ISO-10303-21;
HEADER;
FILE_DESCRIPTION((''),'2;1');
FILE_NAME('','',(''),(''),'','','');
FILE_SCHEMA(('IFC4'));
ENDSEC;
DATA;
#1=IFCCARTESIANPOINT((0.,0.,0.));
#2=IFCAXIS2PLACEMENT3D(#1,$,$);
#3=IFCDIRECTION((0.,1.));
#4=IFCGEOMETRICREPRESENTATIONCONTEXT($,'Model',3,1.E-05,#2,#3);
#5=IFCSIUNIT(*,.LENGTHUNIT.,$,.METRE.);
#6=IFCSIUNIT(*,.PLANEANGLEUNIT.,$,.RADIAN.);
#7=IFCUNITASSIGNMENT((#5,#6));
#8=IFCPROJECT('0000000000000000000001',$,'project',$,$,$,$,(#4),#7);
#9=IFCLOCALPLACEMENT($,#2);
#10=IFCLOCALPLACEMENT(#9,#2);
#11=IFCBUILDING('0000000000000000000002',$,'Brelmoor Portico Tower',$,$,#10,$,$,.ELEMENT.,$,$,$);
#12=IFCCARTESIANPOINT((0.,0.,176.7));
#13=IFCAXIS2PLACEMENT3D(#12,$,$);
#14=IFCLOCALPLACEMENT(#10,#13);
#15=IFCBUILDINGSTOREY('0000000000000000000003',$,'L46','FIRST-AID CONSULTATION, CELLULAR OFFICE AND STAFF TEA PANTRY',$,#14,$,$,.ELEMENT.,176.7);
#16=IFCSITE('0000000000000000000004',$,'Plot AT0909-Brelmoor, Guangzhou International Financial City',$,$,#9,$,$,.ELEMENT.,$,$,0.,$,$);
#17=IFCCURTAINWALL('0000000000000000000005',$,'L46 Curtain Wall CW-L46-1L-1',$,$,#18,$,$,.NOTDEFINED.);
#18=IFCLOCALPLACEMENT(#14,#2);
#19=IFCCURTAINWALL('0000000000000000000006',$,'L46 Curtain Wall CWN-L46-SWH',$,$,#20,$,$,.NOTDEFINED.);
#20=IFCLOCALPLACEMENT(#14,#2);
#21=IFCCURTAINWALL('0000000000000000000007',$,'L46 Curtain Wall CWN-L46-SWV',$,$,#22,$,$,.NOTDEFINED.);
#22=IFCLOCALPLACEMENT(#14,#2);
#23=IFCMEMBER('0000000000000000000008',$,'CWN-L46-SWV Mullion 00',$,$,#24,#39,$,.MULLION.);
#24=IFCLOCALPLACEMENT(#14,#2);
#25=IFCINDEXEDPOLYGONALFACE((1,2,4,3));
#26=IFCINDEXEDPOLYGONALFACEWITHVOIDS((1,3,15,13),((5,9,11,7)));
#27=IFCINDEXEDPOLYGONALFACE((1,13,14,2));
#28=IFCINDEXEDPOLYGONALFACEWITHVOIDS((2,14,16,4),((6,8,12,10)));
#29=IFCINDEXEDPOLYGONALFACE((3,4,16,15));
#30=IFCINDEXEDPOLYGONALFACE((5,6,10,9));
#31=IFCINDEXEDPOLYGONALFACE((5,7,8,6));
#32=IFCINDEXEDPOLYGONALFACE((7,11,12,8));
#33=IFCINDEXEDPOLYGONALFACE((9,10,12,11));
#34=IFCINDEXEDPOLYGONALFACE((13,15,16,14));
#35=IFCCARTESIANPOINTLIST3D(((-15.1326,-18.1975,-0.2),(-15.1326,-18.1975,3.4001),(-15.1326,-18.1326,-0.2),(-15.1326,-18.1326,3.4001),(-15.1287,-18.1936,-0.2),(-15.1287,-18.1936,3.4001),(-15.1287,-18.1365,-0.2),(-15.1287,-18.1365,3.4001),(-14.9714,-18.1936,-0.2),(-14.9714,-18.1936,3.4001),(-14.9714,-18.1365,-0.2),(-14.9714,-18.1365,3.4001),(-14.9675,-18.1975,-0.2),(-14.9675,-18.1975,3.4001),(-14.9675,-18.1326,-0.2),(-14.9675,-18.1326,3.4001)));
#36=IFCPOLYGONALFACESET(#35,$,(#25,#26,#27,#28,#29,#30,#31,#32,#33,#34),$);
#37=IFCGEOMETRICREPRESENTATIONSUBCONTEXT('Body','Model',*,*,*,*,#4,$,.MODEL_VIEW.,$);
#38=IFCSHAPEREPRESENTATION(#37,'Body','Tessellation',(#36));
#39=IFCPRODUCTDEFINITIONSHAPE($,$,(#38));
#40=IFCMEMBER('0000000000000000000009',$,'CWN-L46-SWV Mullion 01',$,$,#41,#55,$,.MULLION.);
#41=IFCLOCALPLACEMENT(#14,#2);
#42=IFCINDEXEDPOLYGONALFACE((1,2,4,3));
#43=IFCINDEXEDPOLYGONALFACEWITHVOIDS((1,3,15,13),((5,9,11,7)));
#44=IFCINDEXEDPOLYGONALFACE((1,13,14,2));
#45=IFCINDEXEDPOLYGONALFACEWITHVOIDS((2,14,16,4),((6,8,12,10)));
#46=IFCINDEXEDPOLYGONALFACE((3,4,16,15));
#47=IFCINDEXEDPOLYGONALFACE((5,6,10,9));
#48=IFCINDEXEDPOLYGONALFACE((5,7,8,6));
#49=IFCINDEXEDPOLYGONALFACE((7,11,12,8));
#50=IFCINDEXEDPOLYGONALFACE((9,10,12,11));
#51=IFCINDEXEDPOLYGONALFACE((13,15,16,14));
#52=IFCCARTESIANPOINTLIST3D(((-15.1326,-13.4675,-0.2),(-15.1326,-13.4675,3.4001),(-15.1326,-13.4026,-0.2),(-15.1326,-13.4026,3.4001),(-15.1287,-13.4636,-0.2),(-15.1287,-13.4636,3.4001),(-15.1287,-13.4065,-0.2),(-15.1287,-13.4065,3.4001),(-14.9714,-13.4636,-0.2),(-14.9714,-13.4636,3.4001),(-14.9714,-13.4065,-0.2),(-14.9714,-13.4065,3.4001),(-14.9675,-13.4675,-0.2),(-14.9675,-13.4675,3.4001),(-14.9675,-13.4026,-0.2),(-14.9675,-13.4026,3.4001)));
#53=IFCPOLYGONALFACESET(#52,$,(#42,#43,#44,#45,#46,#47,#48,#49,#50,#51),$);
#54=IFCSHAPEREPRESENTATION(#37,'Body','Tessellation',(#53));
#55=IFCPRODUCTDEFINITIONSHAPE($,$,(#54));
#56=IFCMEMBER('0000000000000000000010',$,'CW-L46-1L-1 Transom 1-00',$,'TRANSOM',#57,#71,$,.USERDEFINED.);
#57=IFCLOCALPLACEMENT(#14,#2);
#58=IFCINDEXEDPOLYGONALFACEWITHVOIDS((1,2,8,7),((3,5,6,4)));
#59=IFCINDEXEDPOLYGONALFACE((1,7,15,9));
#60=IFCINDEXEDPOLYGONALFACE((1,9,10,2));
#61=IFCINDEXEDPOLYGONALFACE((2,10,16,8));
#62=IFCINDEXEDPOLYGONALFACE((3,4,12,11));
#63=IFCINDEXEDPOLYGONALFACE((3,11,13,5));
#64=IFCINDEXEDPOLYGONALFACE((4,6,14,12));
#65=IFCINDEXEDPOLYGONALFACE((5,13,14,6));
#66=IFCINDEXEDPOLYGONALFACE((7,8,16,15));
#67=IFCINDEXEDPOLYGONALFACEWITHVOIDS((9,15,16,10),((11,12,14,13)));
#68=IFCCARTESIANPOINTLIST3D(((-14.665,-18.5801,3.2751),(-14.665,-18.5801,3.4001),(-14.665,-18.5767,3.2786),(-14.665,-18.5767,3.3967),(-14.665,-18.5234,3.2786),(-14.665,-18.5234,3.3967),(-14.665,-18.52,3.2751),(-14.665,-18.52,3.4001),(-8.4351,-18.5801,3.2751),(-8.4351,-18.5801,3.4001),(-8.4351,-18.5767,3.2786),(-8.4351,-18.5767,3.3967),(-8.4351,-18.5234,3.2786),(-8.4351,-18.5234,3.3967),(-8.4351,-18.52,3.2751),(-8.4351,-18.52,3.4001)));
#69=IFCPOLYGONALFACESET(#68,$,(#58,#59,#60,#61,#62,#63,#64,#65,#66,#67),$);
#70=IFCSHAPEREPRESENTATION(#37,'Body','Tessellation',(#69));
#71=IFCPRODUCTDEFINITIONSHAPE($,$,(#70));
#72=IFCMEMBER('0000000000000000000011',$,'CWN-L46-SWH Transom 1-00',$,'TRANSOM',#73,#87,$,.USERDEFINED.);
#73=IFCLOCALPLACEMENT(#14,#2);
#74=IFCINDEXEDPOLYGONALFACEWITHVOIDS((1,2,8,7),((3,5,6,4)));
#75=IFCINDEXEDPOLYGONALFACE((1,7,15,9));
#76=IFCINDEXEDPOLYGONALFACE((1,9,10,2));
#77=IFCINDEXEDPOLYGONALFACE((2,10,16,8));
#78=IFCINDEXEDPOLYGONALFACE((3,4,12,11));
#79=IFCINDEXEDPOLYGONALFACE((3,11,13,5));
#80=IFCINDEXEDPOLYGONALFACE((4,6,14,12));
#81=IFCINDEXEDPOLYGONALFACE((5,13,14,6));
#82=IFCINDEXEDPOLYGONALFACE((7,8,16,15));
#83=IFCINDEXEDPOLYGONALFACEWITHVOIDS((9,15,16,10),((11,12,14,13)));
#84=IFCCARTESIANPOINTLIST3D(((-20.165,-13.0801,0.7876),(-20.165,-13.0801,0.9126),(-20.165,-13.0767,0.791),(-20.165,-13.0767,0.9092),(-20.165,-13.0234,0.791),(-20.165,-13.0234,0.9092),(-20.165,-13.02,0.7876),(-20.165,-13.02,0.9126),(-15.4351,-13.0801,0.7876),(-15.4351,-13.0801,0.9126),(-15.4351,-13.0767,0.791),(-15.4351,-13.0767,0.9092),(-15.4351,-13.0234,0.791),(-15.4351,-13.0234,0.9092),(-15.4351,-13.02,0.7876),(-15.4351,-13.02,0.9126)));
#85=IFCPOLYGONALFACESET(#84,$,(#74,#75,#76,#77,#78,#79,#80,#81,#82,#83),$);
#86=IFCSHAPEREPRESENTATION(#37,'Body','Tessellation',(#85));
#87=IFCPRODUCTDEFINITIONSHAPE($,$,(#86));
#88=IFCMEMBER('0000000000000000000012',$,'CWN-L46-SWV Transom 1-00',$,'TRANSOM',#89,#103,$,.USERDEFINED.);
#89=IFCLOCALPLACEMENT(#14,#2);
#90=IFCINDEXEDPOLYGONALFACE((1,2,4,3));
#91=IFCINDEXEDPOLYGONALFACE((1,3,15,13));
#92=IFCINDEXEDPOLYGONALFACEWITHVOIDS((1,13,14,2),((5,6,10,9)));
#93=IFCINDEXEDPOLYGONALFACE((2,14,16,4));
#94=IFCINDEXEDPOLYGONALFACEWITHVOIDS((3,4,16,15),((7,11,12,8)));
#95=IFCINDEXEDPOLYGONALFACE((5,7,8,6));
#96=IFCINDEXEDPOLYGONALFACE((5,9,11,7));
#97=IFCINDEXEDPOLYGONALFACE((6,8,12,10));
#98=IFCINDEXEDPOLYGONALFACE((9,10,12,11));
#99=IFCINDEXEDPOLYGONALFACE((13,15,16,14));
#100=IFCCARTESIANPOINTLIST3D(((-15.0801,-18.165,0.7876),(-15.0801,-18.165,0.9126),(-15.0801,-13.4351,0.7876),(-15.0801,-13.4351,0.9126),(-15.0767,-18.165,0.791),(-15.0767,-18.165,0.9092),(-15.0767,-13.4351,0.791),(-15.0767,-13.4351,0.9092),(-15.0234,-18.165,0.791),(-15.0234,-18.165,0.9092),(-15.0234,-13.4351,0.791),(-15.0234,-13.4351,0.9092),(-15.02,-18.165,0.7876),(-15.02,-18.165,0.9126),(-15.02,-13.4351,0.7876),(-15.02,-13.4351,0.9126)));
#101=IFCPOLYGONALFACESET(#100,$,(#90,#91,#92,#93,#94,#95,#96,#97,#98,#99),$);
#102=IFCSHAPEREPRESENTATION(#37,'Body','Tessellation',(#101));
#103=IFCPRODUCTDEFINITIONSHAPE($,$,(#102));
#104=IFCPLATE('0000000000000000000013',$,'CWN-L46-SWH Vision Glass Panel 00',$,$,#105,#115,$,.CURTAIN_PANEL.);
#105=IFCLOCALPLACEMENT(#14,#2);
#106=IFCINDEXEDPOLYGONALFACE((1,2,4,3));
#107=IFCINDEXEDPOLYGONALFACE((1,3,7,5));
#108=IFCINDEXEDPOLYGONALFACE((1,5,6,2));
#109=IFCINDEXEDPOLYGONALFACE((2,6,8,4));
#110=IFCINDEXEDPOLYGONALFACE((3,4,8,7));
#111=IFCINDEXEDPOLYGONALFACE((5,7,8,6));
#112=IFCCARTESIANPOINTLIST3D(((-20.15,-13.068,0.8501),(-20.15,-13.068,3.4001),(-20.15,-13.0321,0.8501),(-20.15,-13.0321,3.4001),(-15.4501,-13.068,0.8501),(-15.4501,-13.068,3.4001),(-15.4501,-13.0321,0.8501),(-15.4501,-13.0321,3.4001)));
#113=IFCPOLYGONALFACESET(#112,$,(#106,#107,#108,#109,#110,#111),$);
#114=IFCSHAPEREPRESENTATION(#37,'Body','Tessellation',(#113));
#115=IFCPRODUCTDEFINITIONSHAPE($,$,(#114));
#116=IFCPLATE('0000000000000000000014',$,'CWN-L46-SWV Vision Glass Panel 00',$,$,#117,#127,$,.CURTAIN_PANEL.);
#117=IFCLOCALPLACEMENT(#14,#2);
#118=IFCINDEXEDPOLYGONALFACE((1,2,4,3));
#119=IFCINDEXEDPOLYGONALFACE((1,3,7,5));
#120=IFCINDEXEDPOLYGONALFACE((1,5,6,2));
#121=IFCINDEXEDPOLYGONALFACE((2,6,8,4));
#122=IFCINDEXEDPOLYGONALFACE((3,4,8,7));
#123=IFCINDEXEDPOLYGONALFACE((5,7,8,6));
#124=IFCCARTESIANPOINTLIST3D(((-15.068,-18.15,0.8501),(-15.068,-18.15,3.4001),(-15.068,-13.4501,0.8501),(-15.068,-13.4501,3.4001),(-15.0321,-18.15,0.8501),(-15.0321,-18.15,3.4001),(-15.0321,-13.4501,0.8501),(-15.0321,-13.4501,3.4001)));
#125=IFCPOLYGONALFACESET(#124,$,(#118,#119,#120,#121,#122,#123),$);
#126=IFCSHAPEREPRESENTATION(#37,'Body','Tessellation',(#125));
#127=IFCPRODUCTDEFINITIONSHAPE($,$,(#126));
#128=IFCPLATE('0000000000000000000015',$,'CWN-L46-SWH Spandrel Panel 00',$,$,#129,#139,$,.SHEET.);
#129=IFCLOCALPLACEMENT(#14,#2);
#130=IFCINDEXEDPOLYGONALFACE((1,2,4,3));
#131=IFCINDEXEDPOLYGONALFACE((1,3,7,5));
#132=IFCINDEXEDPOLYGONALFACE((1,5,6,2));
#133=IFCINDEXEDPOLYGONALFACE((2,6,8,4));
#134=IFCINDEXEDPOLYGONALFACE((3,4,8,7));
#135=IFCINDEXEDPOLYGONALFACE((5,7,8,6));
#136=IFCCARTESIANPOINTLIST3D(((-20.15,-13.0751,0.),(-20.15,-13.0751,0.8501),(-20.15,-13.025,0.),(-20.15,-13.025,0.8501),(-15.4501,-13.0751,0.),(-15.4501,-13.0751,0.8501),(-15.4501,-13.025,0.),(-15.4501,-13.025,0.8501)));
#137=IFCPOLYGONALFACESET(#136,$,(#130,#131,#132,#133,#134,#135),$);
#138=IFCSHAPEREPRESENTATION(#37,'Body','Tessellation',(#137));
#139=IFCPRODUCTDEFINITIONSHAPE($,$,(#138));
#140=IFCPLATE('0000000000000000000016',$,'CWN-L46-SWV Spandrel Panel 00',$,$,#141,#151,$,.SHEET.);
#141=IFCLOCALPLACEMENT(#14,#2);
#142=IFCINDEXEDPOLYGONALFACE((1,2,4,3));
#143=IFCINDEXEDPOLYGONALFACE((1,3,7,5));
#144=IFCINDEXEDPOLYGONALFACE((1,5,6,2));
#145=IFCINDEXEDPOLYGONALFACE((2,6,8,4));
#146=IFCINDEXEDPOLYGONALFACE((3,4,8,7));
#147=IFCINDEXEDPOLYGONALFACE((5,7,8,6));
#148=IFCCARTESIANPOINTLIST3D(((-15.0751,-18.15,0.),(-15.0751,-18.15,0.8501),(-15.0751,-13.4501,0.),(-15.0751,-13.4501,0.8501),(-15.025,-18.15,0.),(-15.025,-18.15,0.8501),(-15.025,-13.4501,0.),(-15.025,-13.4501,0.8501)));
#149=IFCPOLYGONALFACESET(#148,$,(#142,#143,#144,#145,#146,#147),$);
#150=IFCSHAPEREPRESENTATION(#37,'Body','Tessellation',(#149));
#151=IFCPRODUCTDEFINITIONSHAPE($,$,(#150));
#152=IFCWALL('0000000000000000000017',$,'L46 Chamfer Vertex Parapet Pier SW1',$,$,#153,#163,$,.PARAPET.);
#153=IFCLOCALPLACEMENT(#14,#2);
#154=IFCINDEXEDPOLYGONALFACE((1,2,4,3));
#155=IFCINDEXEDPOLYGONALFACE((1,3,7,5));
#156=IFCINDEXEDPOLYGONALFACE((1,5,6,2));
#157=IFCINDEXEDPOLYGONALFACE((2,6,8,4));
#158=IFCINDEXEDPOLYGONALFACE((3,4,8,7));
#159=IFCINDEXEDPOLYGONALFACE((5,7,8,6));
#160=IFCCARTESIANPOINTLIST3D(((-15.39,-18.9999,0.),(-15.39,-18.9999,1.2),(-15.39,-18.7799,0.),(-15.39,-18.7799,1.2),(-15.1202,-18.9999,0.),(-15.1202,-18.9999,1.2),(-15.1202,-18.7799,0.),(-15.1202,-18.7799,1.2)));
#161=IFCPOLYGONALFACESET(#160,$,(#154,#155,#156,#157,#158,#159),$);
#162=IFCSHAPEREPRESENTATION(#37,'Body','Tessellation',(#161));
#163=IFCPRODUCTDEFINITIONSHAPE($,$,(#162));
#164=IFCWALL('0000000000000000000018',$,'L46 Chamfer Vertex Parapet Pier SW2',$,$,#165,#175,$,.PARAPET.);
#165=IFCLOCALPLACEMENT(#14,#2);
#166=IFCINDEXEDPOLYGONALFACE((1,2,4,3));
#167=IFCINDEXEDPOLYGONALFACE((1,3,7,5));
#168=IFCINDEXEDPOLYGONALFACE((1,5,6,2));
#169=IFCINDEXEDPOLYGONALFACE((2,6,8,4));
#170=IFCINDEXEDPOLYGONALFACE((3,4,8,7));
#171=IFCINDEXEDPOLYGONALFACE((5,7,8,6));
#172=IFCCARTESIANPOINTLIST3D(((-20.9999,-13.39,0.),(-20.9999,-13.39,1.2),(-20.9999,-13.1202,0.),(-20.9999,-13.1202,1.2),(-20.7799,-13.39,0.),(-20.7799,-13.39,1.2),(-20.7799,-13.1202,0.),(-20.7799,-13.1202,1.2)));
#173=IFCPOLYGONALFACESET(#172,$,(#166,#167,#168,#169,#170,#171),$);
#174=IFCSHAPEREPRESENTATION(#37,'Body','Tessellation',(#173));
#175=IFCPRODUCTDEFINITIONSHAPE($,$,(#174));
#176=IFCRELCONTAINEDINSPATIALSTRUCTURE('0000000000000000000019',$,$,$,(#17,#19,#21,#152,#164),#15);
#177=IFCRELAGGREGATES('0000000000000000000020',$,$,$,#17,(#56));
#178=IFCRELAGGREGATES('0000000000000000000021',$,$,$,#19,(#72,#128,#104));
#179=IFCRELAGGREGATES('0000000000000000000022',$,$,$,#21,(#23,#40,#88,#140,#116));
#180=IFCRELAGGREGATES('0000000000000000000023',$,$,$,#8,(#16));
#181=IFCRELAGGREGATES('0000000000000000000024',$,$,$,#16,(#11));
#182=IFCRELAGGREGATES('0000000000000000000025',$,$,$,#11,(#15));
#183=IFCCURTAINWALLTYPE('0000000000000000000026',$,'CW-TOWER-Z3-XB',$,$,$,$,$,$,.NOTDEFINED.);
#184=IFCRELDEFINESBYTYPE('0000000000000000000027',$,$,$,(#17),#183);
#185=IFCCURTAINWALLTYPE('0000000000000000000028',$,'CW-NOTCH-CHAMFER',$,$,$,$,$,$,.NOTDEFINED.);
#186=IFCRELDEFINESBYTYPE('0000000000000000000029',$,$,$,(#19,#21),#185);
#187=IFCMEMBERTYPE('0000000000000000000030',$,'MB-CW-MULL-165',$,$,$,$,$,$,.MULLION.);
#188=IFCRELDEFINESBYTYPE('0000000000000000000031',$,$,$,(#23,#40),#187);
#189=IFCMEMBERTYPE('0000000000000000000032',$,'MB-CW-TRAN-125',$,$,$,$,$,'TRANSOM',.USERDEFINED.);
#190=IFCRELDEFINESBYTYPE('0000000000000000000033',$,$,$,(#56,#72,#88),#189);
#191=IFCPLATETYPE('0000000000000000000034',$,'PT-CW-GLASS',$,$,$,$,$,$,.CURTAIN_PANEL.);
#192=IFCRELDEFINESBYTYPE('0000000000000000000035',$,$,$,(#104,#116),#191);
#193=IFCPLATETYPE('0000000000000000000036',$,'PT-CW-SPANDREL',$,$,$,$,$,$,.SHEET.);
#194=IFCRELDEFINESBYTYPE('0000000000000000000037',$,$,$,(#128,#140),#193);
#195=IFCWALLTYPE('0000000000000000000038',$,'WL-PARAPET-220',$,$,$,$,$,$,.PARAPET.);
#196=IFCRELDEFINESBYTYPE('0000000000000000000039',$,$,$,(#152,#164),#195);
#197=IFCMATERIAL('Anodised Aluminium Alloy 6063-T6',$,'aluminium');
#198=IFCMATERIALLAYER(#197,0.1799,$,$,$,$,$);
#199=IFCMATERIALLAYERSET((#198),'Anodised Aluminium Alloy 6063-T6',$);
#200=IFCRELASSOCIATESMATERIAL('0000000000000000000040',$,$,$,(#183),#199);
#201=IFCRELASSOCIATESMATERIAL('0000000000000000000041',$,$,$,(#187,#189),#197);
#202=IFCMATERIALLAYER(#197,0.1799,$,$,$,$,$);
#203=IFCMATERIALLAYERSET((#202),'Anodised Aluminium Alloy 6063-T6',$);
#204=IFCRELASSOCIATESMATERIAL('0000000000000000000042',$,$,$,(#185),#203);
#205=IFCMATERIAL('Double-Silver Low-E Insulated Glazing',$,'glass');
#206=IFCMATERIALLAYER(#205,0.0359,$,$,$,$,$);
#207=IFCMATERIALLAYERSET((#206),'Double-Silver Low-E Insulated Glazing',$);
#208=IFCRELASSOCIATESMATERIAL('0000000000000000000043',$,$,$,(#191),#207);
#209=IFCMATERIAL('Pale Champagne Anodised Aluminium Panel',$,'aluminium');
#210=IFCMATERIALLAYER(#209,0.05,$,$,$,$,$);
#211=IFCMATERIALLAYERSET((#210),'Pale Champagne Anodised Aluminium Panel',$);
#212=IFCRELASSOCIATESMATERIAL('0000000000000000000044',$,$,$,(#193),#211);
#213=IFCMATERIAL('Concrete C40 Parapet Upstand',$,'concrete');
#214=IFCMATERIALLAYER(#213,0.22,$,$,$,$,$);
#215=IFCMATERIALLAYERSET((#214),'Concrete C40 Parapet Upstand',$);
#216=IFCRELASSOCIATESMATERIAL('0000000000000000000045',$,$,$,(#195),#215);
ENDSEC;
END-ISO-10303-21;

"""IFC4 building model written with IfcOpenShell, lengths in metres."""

from ifc_helpers import new_model, si_unit, direction, frame, frame_2d, origin, origin_2d, place, context, subcontext, project, spatial, rectangle, hollow_rectangle, extrude, material, layer, layer_set, material_profile, profile_set, type_object, element, aggregate, save


model = new_model("IFC4")

# Units and contexts
model_context = context("Model", 3, precision=1e-05, world=origin(), true_north=direction((0.0, 1.0)))
body_context = subcontext(model_context, "Body", "Model", "MODEL_VIEW")
ifc_project = project(units=[si_unit("LENGTHUNIT", "METRE"), si_unit("PLANEANGLEUNIT", "RADIAN")], contexts=[model_context])

# Site, building, storey
site_placement = place(None, origin())
site = spatial("IfcSite", under=ifc_project, at=site_placement, Name="Plot AT0909-Brelmoor, Guangzhou International Financial City", CompositionType="ELEMENT", RefElevation=0.0)
building_placement = place(site_placement, origin())
building = spatial("IfcBuilding", under=site, at=building_placement, Name="Brelmoor Portico Tower", CompositionType="ELEMENT")
storey_placement = place(building_placement, frame((0.0, 0.0, 176.7)))
storey = spatial("IfcBuildingStorey", under=building, at=storey_placement, Name="L46", Description="FIRST-AID CONSULTATION, CELLULAR OFFICE AND STAFF TEA PANTRY", CompositionType="ELEMENT", Elevation=176.7)

# Curtain wall
ifc_material_1 = material(Name="Anodised Aluminium Alloy 6063-T6", Category="aluminium")
ifc_layer_1 = layer(ifc_material_1, 0.1799)
ifc_layer_set_1 = layer_set([ifc_layer_1], Name="Anodised Aluminium Alloy 6063-T6")
curtain_wall_type_1 = type_object("IfcCurtainWallType", Name="CW-TOWER-Z3-XB", PredefinedType="NOTDEFINED", material=ifc_layer_set_1)
curtain_wall_1_placement = place(storey_placement, origin())
curtain_wall_1 = element("IfcCurtainWall", 1, at=curtain_wall_1_placement, inside=storey, type_object=curtain_wall_type_1, Name="L46 Curtain Wall CW-L46-1L-1", PredefinedType="NOTDEFINED")
ifc_material_profile_1 = material_profile(ifc_material_1, hollow_rectangle(XDim=0.0649, YDim=0.165, WallThickness=0.0039, at=origin_2d()), Name="ALU MULLION 65x165")
ifc_profile_set_1 = profile_set([ifc_material_profile_1], Name="Anodised Aluminium Alloy 6063-T6")
member_type_1 = type_object("IfcMemberType", Name="MB-CW-MULL-165", PredefinedType="MULLION", material=ifc_profile_set_1)

# Curtain walls, members
ifc_layer_2 = layer(ifc_material_1, 0.1799)
ifc_layer_set_2 = layer_set([ifc_layer_2], Name="Anodised Aluminium Alloy 6063-T6")
curtain_wall_type_2 = type_object("IfcCurtainWallType", Name="CW-NOTCH-CHAMFER", PredefinedType="NOTDEFINED", material=ifc_layer_set_2)
curtain_wall_2_placement = place(storey_placement, origin())
curtain_wall_2 = element("IfcCurtainWall", 2, at=curtain_wall_2_placement, inside=storey, type_object=curtain_wall_type_2, Name="L46 Curtain Wall CWN-L46-SWH", PredefinedType="NOTDEFINED")
curtain_wall_3_placement = place(storey_placement, origin())
curtain_wall_3 = element("IfcCurtainWall", 3, at=curtain_wall_3_placement, inside=storey, type_object=curtain_wall_type_2, Name="L46 Curtain Wall CWN-L46-SWV", PredefinedType="NOTDEFINED")
member_1_placement = place(storey_placement, frame((-15.05, -18.165, -0.2), z_axis=(0.0, 0.0, 1.0), x_axis=(0.0, 1.0, 0.0)))
member_1 = element("IfcMember", 4, at=member_1_placement, type_object=member_type_1, Name="CWN-L46-SWV Mullion 00", PredefinedType="MULLION", context=body_context, shape_type="SweptSolid", body=[
    extrude(hollow_rectangle(XDim=0.0649, YDim=0.165, WallThickness=0.0039, at=origin_2d()), origin(), (0.0, 0.0, 1.0), 3.6001),
])
member_2_placement = place(storey_placement, frame((-15.05, -13.4351, -0.2), z_axis=(0.0, 0.0, 1.0), x_axis=(0.0, 1.0, 0.0)))
member_2 = element("IfcMember", 5, at=member_2_placement, type_object=member_type_1, Name="CWN-L46-SWV Mullion 01", PredefinedType="MULLION", context=body_context, shape_type="SweptSolid", body=[
    extrude(hollow_rectangle(XDim=0.0649, YDim=0.165, WallThickness=0.0039, at=origin_2d()), origin(), (0.0, 0.0, 1.0), 3.6001),
])

# Members
ifc_material_profile_2 = material_profile(ifc_material_1, hollow_rectangle(XDim=0.0601, YDim=0.125, WallThickness=0.0034, at=origin_2d()), Name="ALU TRANSOM 60x125")
ifc_profile_set_2 = profile_set([ifc_material_profile_2], Name="Anodised Aluminium Alloy 6063-T6")
member_type_2 = type_object("IfcMemberType", Name="MB-CW-TRAN-125", ElementType="TRANSOM", PredefinedType="USERDEFINED", material=ifc_profile_set_2)
member_3_placement = place(storey_placement, frame((-14.665, -18.55, 3.3376), z_axis=(1.0, 0.0, 0.0), x_axis=(0.0, 1.0, 0.0)))
member_3 = element("IfcMember", 6, at=member_3_placement, type_object=member_type_2, Name="CW-L46-1L-1 Transom 1-00", ObjectType="TRANSOM", PredefinedType="USERDEFINED", context=body_context, shape_type="SweptSolid", body=[
    extrude(hollow_rectangle(XDim=0.0601, YDim=0.125, WallThickness=0.0034, at=origin_2d()), origin(), (0.0, 0.0, 1.0), 6.23),
])
aggregate(curtain_wall_1, [member_3])
member_4_placement = place(storey_placement, frame((-20.165, -13.05, 0.8501), z_axis=(1.0, 0.0, 0.0), x_axis=(0.0, 1.0, 0.0)))
member_4 = element("IfcMember", 7, at=member_4_placement, type_object=member_type_2, Name="CWN-L46-SWH Transom 1-00", ObjectType="TRANSOM", PredefinedType="USERDEFINED", context=body_context, shape_type="SweptSolid", body=[
    extrude(hollow_rectangle(XDim=0.0601, YDim=0.125, WallThickness=0.0034, at=origin_2d()), origin(), (0.0, 0.0, 1.0), 4.73),
])
member_5_placement = place(storey_placement, frame((-15.05, -18.165, 0.8501), z_axis=(0.0, 1.0, 0.0), x_axis=(-1.0, 0.0, 0.0)))
member_5 = element("IfcMember", 8, at=member_5_placement, type_object=member_type_2, Name="CWN-L46-SWV Transom 1-00", ObjectType="TRANSOM", PredefinedType="USERDEFINED", context=body_context, shape_type="SweptSolid", body=[
    extrude(hollow_rectangle(XDim=0.0601, YDim=0.125, WallThickness=0.0034, at=origin_2d()), origin(), (0.0, 0.0, 1.0), 4.73),
])

# Plates
ifc_material_2 = material(Name="Double-Silver Low-E Insulated Glazing", Category="glass")
ifc_layer_3 = layer(ifc_material_2, 0.0359)
ifc_layer_set_3 = layer_set([ifc_layer_3], Name="Double-Silver Low-E Insulated Glazing")
plate_type_1 = type_object("IfcPlateType", Name="PT-CW-GLASS", PredefinedType="CURTAIN_PANEL", material=ifc_layer_set_3)
plate_1_placement = place(storey_placement, frame((-17.8, -13.05, 0.8501), z_axis=(0.0, 0.0, 1.0), x_axis=(1.0, 0.0, 0.0)))
plate_1 = element("IfcPlate", 9, at=plate_1_placement, type_object=plate_type_1, Name="CWN-L46-SWH Vision Glass Panel 00", PredefinedType="CURTAIN_PANEL", context=body_context, shape_type="SweptSolid", body=[
    extrude(rectangle(XDim=4.7, YDim=0.0359, at=origin_2d()), origin(), (0.0, 0.0, 1.0), 2.55),
])
plate_2_placement = place(storey_placement, frame((-15.05, -15.8, 0.8501), z_axis=(0.0, 0.0, 1.0), x_axis=(0.0, 1.0, 0.0)))
plate_2 = element("IfcPlate", 10, at=plate_2_placement, type_object=plate_type_1, Name="CWN-L46-SWV Vision Glass Panel 00", PredefinedType="CURTAIN_PANEL", context=body_context, shape_type="SweptSolid", body=[
    extrude(rectangle(XDim=4.7, YDim=0.0359, at=origin_2d()), origin(), (0.0, 0.0, 1.0), 2.55),
])
ifc_material_3 = material(Name="Pale Champagne Anodised Aluminium Panel", Category="aluminium")
ifc_layer_4 = layer(ifc_material_3, 0.05)
ifc_layer_set_4 = layer_set([ifc_layer_4], Name="Pale Champagne Anodised Aluminium Panel")
plate_type_2 = type_object("IfcPlateType", Name="PT-CW-SPANDREL", PredefinedType="SHEET", material=ifc_layer_set_4)
plate_3_placement = place(storey_placement, frame((-17.8, -13.05, 0.0), z_axis=(0.0, 0.0, 1.0), x_axis=(1.0, 0.0, 0.0)))
plate_3 = element("IfcPlate", 11, at=plate_3_placement, type_object=plate_type_2, Name="CWN-L46-SWH Spandrel Panel 00", PredefinedType="SHEET", context=body_context, shape_type="SweptSolid", body=[
    extrude(rectangle(XDim=4.7, YDim=0.05, at=origin_2d()), origin(), (0.0, 0.0, 1.0), 0.8501),
])
aggregate(curtain_wall_2, [member_4, plate_3, plate_1])
plate_4_placement = place(storey_placement, frame((-15.05, -15.8, 0.0), z_axis=(0.0, 0.0, 1.0), x_axis=(0.0, 1.0, 0.0)))
plate_4 = element("IfcPlate", 12, at=plate_4_placement, type_object=plate_type_2, Name="CWN-L46-SWV Spandrel Panel 00", PredefinedType="SHEET", context=body_context, shape_type="SweptSolid", body=[
    extrude(rectangle(XDim=4.7, YDim=0.05, at=origin_2d()), origin(), (0.0, 0.0, 1.0), 0.8501),
])
aggregate(curtain_wall_3, [member_1, member_2, member_5, plate_4, plate_2])

# Walls
ifc_material_4 = material(Name="Concrete C40 Parapet Upstand", Category="concrete")
ifc_layer_5 = layer(ifc_material_4, 0.22)
ifc_layer_set_5 = layer_set([ifc_layer_5], Name="Concrete C40 Parapet Upstand")
wall_type = type_object("IfcWallType", Name="WL-PARAPET-220", PredefinedType="PARAPET", material=ifc_layer_set_5)
for number, where, z_axis, x_axis, name in (
    (13, (-15.3899, -18.8899, 0.0), (0.0, 0.0, 1.0), (1.0, 0.0, 0.0), "L46 Chamfer Vertex Parapet Pier SW1"),
    (14, (-20.8899, -13.3899, 0.0), (0.0, 0.0, 1.0), (0.0, 1.0, 0.0), "L46 Chamfer Vertex Parapet Pier SW2"),
):
    element("IfcWall", number, at=place(storey_placement, frame(where, z_axis=z_axis, x_axis=x_axis)), inside=storey, type_object=wall_type, Name=name, PredefinedType="PARAPET", context=body_context, shape_type="SweptSolid", body=[
        extrude(rectangle(XDim=0.2698, YDim=0.22, at=frame_2d((0.1348, 0.0))), origin(), (0.0, 0.0, 1.0), 1.2),
    ])

save(model, "model.ifc")
